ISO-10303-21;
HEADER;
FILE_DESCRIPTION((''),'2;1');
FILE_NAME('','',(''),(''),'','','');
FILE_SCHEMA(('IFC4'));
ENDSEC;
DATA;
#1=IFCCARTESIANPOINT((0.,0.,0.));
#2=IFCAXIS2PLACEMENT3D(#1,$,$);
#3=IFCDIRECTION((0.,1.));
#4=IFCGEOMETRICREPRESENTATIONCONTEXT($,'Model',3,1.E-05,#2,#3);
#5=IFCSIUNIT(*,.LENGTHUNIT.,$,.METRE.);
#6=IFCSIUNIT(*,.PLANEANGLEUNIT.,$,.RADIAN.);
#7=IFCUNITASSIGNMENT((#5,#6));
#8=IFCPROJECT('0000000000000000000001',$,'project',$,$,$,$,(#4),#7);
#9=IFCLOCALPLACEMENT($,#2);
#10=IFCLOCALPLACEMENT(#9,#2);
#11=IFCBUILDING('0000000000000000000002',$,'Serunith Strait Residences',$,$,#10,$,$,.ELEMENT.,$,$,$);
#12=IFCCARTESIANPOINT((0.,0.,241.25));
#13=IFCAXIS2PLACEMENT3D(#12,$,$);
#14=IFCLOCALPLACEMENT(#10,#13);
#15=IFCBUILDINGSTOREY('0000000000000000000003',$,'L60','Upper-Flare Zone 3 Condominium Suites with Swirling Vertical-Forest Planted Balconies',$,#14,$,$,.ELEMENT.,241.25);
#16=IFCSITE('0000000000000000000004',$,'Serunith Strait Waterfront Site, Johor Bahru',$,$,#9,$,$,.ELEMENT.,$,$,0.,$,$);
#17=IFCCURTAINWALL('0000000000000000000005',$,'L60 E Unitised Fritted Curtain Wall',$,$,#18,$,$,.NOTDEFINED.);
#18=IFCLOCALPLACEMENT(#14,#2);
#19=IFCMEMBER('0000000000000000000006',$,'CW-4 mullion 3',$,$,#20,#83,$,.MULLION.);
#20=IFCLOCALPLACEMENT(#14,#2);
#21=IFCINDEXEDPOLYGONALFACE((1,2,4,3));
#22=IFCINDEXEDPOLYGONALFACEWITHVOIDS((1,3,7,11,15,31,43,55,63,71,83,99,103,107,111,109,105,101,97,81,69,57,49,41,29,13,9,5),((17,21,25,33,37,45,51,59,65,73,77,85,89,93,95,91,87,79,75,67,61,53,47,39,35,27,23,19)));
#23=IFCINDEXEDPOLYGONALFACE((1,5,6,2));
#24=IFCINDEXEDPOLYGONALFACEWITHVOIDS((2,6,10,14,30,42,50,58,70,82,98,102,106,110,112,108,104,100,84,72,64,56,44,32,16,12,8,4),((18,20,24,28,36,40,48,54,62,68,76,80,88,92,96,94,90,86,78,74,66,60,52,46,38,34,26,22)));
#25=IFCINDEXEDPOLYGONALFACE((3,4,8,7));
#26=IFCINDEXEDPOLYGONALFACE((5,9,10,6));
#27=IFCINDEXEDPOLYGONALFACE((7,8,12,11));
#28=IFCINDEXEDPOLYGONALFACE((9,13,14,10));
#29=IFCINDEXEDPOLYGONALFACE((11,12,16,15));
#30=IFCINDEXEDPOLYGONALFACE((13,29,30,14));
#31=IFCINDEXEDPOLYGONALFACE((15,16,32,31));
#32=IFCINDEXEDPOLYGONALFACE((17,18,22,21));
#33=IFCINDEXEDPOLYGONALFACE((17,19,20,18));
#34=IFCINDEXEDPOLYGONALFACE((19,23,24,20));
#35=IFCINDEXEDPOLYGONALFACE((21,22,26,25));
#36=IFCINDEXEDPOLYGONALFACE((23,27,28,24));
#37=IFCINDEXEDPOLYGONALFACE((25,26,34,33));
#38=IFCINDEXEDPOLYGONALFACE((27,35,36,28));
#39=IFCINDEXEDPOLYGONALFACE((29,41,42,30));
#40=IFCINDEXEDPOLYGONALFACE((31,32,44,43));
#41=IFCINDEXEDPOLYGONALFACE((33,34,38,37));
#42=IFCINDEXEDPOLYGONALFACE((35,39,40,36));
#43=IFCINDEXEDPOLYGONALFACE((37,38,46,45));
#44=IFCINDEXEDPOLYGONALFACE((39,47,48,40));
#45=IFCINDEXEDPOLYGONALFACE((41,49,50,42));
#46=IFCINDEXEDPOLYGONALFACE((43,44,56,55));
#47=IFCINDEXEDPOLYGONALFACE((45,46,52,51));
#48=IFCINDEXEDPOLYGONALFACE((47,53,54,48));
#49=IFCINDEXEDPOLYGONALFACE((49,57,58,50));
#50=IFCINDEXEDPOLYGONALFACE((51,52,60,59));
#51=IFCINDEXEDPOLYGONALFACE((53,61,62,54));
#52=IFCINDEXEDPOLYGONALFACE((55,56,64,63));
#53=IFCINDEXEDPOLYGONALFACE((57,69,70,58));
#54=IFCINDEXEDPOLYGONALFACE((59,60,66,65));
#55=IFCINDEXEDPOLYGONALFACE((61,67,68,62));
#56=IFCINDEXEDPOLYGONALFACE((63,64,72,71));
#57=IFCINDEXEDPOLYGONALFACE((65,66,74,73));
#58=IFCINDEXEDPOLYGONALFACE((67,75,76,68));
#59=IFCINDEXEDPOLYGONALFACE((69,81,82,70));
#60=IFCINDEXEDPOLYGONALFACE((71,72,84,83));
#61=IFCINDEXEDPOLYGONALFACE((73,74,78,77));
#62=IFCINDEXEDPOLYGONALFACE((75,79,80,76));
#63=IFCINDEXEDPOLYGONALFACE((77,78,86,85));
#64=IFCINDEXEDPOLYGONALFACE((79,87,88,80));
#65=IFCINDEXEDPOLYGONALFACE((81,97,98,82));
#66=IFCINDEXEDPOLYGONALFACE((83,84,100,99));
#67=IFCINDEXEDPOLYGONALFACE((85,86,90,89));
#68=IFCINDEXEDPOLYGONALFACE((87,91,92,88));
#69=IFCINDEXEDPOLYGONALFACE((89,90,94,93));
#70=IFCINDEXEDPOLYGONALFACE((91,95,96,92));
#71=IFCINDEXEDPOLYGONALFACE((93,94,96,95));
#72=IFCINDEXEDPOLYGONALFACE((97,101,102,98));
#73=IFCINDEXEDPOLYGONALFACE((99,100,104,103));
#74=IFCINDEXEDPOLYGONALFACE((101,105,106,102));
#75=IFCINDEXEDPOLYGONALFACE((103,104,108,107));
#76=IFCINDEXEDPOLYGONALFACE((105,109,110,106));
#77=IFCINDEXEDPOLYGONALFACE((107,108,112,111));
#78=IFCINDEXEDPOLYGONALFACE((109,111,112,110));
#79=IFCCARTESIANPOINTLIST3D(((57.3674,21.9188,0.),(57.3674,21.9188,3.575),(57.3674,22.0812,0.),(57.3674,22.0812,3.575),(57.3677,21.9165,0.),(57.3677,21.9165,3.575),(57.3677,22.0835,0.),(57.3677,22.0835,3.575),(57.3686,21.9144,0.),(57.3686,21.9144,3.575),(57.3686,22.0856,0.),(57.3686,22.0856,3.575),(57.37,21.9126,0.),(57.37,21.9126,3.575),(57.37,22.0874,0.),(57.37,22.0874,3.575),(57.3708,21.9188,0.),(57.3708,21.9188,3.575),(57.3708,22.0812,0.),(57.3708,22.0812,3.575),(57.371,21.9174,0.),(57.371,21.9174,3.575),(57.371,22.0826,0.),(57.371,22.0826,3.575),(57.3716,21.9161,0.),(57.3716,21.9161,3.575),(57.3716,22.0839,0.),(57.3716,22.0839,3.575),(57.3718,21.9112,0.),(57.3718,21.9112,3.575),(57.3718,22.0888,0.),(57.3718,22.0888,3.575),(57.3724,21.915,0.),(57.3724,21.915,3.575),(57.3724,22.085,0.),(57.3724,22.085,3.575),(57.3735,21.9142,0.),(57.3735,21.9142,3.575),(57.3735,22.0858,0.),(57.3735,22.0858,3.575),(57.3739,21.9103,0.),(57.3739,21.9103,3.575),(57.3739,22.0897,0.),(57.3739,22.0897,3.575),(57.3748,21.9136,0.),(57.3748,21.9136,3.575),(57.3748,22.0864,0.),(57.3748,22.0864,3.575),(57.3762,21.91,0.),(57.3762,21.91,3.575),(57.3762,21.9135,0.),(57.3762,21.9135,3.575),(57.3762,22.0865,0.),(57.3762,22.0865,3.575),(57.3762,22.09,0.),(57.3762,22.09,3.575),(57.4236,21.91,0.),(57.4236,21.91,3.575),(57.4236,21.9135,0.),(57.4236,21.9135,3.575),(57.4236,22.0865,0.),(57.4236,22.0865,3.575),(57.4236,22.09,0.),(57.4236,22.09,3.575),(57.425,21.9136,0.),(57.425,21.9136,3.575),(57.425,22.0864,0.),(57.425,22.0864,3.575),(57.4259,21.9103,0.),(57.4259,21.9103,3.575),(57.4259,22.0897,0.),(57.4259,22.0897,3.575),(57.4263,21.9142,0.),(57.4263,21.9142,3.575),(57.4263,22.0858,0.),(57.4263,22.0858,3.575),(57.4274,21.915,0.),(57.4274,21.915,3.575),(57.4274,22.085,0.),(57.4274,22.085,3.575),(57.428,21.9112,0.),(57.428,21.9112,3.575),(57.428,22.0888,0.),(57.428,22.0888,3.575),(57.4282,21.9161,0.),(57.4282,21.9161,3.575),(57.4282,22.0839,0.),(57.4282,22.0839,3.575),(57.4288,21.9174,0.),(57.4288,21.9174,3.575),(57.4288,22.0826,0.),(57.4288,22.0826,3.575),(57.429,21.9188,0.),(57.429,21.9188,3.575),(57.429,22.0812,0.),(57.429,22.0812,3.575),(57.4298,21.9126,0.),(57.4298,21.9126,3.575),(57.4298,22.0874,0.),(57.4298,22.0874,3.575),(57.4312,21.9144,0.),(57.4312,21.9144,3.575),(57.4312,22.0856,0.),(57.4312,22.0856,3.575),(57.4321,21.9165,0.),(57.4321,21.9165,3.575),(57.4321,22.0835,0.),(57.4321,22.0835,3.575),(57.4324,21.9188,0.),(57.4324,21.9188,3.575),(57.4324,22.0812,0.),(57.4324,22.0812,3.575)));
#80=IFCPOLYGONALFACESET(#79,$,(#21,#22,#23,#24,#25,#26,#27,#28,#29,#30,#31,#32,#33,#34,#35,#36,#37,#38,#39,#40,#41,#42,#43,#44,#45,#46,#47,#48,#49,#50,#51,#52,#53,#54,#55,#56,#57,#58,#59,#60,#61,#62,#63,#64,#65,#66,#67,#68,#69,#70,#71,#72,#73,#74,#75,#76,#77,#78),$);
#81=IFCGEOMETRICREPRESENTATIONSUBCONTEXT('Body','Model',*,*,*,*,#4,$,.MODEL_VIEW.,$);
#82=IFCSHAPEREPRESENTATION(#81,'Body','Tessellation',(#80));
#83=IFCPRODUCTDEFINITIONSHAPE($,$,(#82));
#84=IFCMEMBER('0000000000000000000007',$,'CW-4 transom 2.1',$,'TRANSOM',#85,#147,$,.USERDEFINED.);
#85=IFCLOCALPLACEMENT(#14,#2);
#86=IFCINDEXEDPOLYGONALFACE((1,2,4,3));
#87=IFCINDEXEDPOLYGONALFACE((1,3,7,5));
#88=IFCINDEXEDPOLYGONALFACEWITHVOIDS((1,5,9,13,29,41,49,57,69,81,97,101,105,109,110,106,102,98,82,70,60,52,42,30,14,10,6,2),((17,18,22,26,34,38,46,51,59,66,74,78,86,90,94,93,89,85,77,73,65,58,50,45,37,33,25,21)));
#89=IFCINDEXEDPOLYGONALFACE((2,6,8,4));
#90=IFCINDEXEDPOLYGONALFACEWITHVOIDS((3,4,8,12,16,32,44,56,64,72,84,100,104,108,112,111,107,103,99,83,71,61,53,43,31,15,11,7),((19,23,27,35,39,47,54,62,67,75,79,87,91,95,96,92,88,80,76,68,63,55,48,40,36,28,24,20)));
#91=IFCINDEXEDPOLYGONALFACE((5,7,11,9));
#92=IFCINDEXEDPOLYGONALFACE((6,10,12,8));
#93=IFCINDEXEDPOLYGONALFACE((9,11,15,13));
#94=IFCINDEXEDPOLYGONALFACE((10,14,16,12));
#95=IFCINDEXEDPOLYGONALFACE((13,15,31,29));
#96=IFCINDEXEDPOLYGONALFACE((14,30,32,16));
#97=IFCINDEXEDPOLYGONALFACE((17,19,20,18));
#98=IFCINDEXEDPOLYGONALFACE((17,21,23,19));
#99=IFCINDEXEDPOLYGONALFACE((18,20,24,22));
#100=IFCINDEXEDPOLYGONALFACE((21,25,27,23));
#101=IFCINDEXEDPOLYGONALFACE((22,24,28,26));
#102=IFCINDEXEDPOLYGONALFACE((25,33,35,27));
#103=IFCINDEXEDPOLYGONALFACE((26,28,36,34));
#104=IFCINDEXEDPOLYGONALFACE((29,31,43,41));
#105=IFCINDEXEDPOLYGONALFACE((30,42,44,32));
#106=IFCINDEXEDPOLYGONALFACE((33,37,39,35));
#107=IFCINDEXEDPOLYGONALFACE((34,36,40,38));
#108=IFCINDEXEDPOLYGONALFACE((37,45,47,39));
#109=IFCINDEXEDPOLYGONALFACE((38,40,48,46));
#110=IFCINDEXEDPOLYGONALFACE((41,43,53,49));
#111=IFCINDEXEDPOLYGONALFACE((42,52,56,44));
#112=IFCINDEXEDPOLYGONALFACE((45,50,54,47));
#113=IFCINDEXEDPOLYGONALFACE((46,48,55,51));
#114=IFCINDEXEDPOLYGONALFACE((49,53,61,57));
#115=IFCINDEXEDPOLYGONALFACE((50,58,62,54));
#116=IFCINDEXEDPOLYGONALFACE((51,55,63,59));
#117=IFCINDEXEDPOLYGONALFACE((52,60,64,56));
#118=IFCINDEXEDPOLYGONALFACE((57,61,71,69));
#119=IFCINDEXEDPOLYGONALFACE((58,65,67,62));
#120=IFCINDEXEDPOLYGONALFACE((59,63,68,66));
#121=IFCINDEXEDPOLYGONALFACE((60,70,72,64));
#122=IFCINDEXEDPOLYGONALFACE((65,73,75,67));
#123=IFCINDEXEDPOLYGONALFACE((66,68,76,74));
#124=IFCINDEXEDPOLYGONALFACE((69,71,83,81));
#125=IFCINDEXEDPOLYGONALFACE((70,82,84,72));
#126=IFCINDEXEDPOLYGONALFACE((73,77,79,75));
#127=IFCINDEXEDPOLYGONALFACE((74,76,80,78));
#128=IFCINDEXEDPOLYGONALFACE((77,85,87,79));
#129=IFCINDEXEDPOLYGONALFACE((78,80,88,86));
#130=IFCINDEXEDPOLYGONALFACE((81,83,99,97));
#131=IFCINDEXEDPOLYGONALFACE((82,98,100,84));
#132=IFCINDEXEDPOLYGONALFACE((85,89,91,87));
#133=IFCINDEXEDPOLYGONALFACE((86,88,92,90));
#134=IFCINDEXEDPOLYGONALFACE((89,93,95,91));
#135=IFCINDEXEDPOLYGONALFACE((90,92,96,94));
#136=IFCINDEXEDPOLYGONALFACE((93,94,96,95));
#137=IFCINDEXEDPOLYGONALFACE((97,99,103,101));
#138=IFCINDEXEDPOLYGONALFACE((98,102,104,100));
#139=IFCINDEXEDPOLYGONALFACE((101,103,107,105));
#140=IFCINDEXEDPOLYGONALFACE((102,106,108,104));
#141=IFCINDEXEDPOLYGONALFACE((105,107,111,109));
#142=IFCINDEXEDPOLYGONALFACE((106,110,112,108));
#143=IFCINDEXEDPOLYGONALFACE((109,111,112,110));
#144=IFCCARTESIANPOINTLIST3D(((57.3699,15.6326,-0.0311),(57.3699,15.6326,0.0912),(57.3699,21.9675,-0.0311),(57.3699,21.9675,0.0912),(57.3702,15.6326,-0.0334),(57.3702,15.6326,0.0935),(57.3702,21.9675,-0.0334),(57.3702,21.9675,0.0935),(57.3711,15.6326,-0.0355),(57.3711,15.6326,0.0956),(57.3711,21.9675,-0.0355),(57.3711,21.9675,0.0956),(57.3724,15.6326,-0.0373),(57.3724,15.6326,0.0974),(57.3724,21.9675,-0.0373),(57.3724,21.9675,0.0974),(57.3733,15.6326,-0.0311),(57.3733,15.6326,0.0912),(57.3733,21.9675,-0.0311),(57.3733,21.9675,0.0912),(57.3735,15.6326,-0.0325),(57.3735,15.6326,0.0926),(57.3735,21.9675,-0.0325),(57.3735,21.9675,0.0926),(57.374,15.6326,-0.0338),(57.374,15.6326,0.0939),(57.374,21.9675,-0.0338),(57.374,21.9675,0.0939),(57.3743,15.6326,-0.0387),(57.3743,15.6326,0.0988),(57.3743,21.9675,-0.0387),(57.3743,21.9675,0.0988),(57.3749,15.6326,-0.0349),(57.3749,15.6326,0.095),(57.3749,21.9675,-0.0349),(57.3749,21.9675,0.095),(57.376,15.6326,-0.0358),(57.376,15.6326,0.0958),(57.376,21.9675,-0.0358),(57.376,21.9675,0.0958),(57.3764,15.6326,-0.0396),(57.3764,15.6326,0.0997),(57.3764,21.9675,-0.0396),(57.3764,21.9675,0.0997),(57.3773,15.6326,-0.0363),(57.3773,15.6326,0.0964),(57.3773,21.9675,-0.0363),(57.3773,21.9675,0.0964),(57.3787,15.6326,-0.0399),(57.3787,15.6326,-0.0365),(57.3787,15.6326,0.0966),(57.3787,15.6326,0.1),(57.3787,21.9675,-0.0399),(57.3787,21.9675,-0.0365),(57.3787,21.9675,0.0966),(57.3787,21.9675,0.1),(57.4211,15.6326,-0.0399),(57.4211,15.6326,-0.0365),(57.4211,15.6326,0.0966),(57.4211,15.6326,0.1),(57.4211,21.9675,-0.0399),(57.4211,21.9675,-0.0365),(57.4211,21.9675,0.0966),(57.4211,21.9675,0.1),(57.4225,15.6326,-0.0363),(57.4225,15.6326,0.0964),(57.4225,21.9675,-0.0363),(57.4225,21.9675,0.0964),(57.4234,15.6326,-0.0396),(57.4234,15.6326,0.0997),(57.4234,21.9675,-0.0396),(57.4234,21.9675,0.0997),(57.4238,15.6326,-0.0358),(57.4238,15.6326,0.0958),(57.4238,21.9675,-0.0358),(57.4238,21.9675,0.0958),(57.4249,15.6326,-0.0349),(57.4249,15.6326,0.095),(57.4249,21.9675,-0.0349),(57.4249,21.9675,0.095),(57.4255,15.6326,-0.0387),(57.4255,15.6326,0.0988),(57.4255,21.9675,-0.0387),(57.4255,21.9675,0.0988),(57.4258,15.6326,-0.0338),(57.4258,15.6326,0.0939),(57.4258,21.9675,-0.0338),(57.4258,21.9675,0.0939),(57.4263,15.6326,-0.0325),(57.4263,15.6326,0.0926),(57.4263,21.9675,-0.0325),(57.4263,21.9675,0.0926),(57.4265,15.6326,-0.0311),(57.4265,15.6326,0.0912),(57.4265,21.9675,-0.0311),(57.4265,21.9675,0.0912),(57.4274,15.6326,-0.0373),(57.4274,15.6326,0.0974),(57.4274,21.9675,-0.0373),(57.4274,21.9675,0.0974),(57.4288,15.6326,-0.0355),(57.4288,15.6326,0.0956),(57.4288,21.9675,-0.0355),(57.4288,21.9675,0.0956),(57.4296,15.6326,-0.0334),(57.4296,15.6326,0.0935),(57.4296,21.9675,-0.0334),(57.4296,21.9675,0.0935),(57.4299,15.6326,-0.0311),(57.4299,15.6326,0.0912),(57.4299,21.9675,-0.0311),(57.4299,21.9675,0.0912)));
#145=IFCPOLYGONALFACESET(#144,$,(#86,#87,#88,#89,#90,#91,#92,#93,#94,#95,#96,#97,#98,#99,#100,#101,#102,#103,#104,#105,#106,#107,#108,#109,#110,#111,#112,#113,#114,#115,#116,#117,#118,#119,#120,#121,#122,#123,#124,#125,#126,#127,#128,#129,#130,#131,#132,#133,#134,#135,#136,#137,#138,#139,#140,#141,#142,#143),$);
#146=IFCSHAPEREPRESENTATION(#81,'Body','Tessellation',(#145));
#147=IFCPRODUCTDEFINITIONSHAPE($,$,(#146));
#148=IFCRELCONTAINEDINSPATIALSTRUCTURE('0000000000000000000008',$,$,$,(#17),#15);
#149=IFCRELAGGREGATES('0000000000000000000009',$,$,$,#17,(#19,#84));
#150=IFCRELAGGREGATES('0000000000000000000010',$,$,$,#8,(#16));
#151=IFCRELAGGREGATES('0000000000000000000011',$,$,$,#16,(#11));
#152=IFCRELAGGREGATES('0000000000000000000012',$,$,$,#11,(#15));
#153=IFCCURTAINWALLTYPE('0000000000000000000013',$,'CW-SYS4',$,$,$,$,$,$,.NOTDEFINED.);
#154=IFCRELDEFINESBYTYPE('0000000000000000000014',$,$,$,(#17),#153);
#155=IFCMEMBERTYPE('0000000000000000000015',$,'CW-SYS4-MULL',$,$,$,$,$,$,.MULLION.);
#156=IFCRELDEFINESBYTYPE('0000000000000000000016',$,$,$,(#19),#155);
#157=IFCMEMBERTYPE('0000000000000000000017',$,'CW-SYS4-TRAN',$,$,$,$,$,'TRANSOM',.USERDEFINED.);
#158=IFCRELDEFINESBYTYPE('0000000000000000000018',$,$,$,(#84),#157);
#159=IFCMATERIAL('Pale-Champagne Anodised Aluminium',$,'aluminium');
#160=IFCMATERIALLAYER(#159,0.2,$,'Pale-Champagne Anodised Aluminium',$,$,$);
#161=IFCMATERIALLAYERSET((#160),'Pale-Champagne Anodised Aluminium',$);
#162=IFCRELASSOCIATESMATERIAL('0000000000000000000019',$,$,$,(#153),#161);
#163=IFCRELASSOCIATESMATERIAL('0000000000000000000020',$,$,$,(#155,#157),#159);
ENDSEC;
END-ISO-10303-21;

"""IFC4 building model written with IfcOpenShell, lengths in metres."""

from ifc_helpers import new_model, si_unit, direction, frame, origin, origin_2d, place, context, subcontext, project, spatial, hollow_rectangle, extrude, source, transform, mapped, material, layer, layer_set, material_profile, profile_set, type_object, element, aggregate, save


model = new_model("IFC4")

# Units and contexts
model_context = context("Model", 3, precision=1e-05, world=origin(), true_north=direction((0.0, 1.0)))
body_context = subcontext(model_context, "Body", "Model", "MODEL_VIEW")
ifc_project = project(units=[si_unit("LENGTHUNIT", "METRE"), si_unit("PLANEANGLEUNIT", "RADIAN")], contexts=[model_context])

# Site, building, storey
site_placement = place(None, origin())
site = spatial("IfcSite", under=ifc_project, at=site_placement, Name="Serunith Strait Waterfront Site, Johor Bahru", CompositionType="ELEMENT", RefElevation=0.0)
building_placement = place(site_placement, origin())
building = spatial("IfcBuilding", under=site, at=building_placement, Name="Serunith Strait Residences", CompositionType="ELEMENT")
storey_placement = place(building_placement, frame((0.0, 0.0, 241.25)))
storey = spatial("IfcBuildingStorey", under=building, at=storey_placement, Name="L60", Description="Upper-Flare Zone 3 Condominium Suites with Swirling Vertical-Forest Planted Balconies", CompositionType="ELEMENT", Elevation=241.25)

# Curtain wall, members
ifc_material_1 = material(Name="Pale-Champagne Anodised Aluminium", Category="aluminium")
ifc_layer_1 = layer(ifc_material_1, 0.2, Name="Pale-Champagne Anodised Aluminium")
ifc_layer_set_1 = layer_set([ifc_layer_1], Name="Pale-Champagne Anodised Aluminium")
curtain_wall_type = type_object("IfcCurtainWallType", Name="CW-SYS4", PredefinedType="NOTDEFINED", material=ifc_layer_set_1)
curtain_wall_placement = place(storey_placement, origin())
curtain_wall = element("IfcCurtainWall", 1, at=curtain_wall_placement, inside=storey, type_object=curtain_wall_type, Name="L60 E Unitised Fritted Curtain Wall", PredefinedType="NOTDEFINED")
ifc_material_profile_1 = material_profile(ifc_material_1, hollow_rectangle(XDim=0.0649, YDim=0.1799, WallThickness=0.0034, InnerFilletRadius=0.0054, OuterFilletRadius=0.0088, at=origin_2d()), Name="ALU 180x65x3.5")
ifc_profile_set_1 = profile_set([ifc_material_profile_1], Name="Pale-Champagne Anodised Aluminium")
member_type_1 = type_object("IfcMemberType", Name="CW-SYS4-MULL", PredefinedType="MULLION", material=ifc_profile_set_1)
shared_shape_1 = source(origin(), body_context, "Body", "SweptSolid", [
    extrude(hollow_rectangle(XDim=0.0649, YDim=0.1799, WallThickness=0.0034, InnerFilletRadius=0.0054, OuterFilletRadius=0.0088, at=origin_2d()), origin(), (0.0, 0.0, 1.0), 3.575),
])
member_1_placement = place(storey_placement, frame((57.3999, 22.0, 0.0), z_axis=(0.0, 0.0, 1.0), x_axis=(-1.0, 0.0, 0.0)))
member_1 = element("IfcMember", 2, at=member_1_placement, type_object=member_type_1, Name="CW-4 mullion 3", PredefinedType="MULLION", context=body_context, shape_type="MappedRepresentation", body=[
    mapped(shared_shape_1, transform((0.0, 0.0, 0.0), scale=1.0)),
])
ifc_material_profile_2 = material_profile(ifc_material_1, hollow_rectangle(XDim=0.0601, YDim=0.1399, WallThickness=0.0034, InnerFilletRadius=0.0054, OuterFilletRadius=0.0088, at=origin_2d()), Name="ALU 140x60x3.5")
ifc_profile_set_2 = profile_set([ifc_material_profile_2], Name="Pale-Champagne Anodised Aluminium")
member_type_2 = type_object("IfcMemberType", Name="CW-SYS4-TRAN", ElementType="TRANSOM", PredefinedType="USERDEFINED", material=ifc_profile_set_2)
shared_shape_2 = source(origin(), body_context, "Body", "SweptSolid", [
    extrude(hollow_rectangle(XDim=0.0601, YDim=0.1399, WallThickness=0.0034, InnerFilletRadius=0.0054, OuterFilletRadius=0.0088, at=origin_2d()), origin(), (0.0, 0.0, 1.0), 6.335),
])
member_2_placement = place(storey_placement, frame((57.3999, 15.6326, 0.03), z_axis=(0.0, 1.0, 0.0), x_axis=(-1.0, 0.0, 0.0)))
member_2 = element("IfcMember", 3, at=member_2_placement, type_object=member_type_2, Name="CW-4 transom 2.1", ObjectType="TRANSOM", PredefinedType="USERDEFINED", context=body_context, shape_type="MappedRepresentation", body=[
    mapped(shared_shape_2, transform((0.0, 0.0, 0.0), scale=1.0)),
])
aggregate(curtain_wall, [member_1, member_2])

save(model, "model.ifc")
